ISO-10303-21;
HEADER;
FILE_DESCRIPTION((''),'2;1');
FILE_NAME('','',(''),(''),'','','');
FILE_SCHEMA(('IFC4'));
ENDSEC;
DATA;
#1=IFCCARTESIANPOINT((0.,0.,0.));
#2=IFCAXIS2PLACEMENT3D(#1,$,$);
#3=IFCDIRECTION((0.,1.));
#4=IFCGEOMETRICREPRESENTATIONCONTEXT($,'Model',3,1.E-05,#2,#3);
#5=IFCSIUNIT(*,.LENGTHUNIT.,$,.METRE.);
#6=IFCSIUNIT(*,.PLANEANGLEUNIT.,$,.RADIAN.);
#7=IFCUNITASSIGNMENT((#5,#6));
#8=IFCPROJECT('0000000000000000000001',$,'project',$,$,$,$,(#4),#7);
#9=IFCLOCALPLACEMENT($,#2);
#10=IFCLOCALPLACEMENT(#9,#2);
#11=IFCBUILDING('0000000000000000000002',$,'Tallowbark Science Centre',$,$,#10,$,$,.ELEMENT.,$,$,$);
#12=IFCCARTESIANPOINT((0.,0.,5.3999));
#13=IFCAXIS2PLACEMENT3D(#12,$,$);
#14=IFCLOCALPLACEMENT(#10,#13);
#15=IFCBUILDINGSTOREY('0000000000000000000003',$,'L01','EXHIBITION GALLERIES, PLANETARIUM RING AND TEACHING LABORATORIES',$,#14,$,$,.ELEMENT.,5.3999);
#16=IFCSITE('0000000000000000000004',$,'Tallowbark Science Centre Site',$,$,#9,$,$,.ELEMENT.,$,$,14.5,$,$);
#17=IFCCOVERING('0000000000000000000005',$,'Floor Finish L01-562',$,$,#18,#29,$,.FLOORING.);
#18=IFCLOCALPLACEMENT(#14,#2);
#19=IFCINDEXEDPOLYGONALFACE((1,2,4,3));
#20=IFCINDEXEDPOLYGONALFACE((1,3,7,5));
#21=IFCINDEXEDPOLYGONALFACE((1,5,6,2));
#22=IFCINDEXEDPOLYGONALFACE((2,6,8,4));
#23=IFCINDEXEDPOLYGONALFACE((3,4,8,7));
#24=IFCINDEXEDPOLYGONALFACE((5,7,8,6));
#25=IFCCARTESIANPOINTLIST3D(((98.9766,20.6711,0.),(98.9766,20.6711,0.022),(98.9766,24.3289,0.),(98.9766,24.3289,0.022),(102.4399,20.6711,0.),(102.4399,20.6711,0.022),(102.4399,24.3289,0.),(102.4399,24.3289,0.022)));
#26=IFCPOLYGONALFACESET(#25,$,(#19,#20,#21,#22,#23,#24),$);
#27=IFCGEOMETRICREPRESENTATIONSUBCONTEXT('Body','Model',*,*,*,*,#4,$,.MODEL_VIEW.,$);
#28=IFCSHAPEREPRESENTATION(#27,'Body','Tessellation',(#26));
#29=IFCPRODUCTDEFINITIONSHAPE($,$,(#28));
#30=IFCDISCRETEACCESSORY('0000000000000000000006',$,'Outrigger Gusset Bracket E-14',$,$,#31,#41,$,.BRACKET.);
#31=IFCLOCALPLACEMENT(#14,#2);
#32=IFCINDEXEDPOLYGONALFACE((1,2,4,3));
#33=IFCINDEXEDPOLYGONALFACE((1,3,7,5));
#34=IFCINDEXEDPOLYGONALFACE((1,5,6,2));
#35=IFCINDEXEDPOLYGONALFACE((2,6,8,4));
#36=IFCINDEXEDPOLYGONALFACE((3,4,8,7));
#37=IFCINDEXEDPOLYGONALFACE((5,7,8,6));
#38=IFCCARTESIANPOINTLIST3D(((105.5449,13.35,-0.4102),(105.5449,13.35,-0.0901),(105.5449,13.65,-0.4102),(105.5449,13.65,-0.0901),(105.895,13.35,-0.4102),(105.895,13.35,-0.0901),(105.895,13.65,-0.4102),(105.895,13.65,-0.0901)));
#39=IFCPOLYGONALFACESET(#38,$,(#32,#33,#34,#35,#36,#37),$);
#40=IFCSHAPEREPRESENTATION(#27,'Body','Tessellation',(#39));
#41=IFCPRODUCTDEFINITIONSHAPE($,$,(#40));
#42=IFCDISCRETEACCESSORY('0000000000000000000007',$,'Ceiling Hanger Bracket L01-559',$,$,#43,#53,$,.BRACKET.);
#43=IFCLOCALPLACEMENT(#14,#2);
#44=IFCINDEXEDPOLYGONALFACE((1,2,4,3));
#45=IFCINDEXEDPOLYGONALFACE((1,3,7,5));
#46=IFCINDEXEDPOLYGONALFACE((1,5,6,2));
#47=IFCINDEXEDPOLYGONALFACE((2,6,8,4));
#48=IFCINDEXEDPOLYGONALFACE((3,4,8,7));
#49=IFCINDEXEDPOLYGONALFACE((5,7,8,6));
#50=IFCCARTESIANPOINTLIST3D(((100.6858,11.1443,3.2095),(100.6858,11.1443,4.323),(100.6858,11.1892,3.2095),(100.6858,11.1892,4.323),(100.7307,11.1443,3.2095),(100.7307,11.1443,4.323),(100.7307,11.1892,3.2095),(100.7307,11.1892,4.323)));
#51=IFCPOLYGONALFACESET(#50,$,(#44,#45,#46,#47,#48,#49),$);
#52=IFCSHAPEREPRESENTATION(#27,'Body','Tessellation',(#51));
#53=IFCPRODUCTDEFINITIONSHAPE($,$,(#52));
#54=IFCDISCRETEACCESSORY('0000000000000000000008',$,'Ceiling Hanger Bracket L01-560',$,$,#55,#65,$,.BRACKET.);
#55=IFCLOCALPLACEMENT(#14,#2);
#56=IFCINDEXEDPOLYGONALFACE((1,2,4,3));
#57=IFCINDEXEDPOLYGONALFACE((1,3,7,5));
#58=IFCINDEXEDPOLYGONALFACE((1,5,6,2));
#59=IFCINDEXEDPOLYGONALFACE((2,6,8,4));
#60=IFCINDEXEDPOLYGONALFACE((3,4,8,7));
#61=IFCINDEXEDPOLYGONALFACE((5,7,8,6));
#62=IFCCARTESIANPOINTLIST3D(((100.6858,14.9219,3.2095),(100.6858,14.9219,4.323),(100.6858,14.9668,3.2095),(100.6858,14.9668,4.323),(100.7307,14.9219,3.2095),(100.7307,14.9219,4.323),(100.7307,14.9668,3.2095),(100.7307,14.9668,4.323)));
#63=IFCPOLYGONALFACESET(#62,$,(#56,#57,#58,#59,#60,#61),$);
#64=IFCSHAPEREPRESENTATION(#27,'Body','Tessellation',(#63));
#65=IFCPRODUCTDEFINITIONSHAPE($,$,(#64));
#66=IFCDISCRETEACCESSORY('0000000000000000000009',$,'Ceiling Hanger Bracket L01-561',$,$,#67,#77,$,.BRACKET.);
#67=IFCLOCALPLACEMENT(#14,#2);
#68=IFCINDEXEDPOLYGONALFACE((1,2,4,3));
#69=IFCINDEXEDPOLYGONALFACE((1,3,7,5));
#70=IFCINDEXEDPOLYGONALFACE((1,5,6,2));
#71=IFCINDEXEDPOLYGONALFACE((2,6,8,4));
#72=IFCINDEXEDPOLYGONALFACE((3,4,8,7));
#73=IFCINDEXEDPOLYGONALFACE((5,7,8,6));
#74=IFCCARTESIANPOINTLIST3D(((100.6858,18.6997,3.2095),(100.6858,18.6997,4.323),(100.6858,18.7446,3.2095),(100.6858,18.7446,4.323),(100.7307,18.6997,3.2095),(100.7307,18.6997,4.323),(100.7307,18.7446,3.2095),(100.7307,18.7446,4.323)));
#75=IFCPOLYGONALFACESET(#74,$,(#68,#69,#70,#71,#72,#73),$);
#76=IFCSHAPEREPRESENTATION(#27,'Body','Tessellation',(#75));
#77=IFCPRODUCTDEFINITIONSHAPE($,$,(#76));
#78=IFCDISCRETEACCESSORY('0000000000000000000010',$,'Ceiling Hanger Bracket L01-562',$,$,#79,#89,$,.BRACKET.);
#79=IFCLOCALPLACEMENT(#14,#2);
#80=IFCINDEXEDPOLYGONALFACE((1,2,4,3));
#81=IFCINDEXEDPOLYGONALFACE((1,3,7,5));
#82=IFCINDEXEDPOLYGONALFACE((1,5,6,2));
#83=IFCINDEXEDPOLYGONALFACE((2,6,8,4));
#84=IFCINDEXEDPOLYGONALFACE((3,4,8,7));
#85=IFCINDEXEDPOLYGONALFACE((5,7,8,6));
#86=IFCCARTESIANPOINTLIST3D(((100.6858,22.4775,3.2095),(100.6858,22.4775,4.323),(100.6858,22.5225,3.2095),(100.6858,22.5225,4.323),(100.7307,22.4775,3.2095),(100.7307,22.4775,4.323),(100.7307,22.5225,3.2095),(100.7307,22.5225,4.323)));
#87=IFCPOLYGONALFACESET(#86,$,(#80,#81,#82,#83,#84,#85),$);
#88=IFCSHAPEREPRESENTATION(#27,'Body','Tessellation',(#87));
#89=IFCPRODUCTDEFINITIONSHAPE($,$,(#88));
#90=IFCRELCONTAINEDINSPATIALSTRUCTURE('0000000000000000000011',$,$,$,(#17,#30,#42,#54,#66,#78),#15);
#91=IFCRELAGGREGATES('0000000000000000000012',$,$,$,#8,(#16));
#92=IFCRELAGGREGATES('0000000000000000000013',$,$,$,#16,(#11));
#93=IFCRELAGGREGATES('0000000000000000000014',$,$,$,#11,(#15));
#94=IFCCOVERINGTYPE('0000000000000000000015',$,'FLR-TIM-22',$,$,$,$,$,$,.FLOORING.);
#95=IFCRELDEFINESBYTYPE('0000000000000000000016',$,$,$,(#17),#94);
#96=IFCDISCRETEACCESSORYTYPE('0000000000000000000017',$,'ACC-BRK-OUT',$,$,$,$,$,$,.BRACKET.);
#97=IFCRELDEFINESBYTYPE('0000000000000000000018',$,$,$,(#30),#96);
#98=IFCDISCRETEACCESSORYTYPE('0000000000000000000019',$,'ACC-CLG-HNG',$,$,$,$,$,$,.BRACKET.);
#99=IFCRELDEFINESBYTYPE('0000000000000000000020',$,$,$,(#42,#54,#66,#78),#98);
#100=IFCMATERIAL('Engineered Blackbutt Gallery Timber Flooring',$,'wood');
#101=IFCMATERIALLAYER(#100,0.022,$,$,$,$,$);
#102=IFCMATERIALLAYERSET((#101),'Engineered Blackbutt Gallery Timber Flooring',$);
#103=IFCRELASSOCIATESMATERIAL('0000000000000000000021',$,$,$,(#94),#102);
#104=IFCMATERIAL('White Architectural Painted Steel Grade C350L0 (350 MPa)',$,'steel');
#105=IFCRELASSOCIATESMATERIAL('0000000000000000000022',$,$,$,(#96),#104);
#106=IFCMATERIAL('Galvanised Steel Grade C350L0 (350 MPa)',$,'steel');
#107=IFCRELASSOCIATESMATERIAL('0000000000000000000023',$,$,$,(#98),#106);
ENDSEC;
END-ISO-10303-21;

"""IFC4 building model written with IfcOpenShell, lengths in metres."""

from ifc_helpers import new_model, si_unit, direction, frame, origin, origin_2d, place, context, subcontext, project, spatial, rectangle, extrude, material, layer, layer_set, type_object, element, save


model = new_model("IFC4")

# Units and contexts
model_context = context("Model", 3, precision=1e-05, world=origin(), true_north=direction((0.0, 1.0)))
body_context = subcontext(model_context, "Body", "Model", "MODEL_VIEW")
ifc_project = project(units=[si_unit("LENGTHUNIT", "METRE"), si_unit("PLANEANGLEUNIT", "RADIAN")], contexts=[model_context])

# Site, building, storey
site_placement = place(None, origin())
site = spatial("IfcSite", under=ifc_project, at=site_placement, Name="Tallowbark Science Centre Site", CompositionType="ELEMENT", RefElevation=14.5)
building_placement = place(site_placement, origin())
building = spatial("IfcBuilding", under=site, at=building_placement, Name="Tallowbark Science Centre", CompositionType="ELEMENT")
storey_placement = place(building_placement, frame((0.0, 0.0, 5.3999)))
storey = spatial("IfcBuildingStorey", under=building, at=storey_placement, Name="L01", Description="EXHIBITION GALLERIES, PLANETARIUM RING AND TEACHING LABORATORIES", CompositionType="ELEMENT", Elevation=5.3999)

# Shared definitions
ifc_material_1 = material(Name="White Architectural Painted Steel Grade C350L0 (350 MPa)", Category="steel")

# Covering
ifc_material_2 = material(Name="Engineered Blackbutt Gallery Timber Flooring", Category="wood")
ifc_layer_1 = layer(ifc_material_2, 0.022)
ifc_layer_set_1 = layer_set([ifc_layer_1], Name="Engineered Blackbutt Gallery Timber Flooring")
covering_type_1 = type_object("IfcCoveringType", Name="FLR-TIM-22", PredefinedType="FLOORING", material=ifc_layer_set_1)
for number, where, z_axis, x_axis, name in (
    (1, (100.7083, 22.5, 0.0), (0.0, 0.0, 1.0), (1.0, 0.0, 0.0), "Floor Finish L01-562"),
):
    element("IfcCovering", number, at=place(storey_placement, frame(where, z_axis=z_axis, x_axis=x_axis)), inside=storey, type_object=covering_type_1, Name=name, PredefinedType="FLOORING", context=body_context, shape_type="SweptSolid", body=[
        extrude(rectangle(XDim=3.4634, YDim=3.6577, at=origin_2d()), origin(), (0.0, 0.0, 1.0), 0.022),
    ])

# Discrete accessories
discrete_accessory_type_1 = type_object("IfcDiscreteAccessoryType", Name="ACC-BRK-OUT", PredefinedType="BRACKET", material=ifc_material_1)
discrete_accessory_placement = place(storey_placement, frame((105.72, 13.5, -0.4102), z_axis=(0.0, 0.0, 1.0), x_axis=(1.0, 0.0, 0.0)))
element("IfcDiscreteAccessory", 2, at=discrete_accessory_placement, inside=storey, type_object=discrete_accessory_type_1, Name="Outrigger Gusset Bracket E-14", PredefinedType="BRACKET", context=body_context, shape_type="SweptSolid", body=[
    extrude(rectangle(XDim=0.3501, YDim=0.3, at=origin_2d()), origin(), (0.0, 0.0, 1.0), 0.3201),
])
ifc_material_3 = material(Name="Galvanised Steel Grade C350L0 (350 MPa)", Category="steel")
discrete_accessory_type_2 = type_object("IfcDiscreteAccessoryType", Name="ACC-CLG-HNG", PredefinedType="BRACKET", material=ifc_material_3)
for number, where, z_axis, x_axis, name in (
    (3, (100.7083, 11.1667, 3.2095), (0.0, 0.0, 1.0), (1.0, 0.0, 0.0), "Ceiling Hanger Bracket L01-559"),
    (4, (100.7083, 14.9443, 3.2095), (0.0, 0.0, 1.0), (1.0, 0.0, 0.0), "Ceiling Hanger Bracket L01-560"),
    (5, (100.7083, 18.7222, 3.2095), (0.0, 0.0, 1.0), (1.0, 0.0, 0.0), "Ceiling Hanger Bracket L01-561"),
    (6, (100.7083, 22.5, 3.2095), (0.0, 0.0, 1.0), (1.0, 0.0, 0.0), "Ceiling Hanger Bracket L01-562"),
):
    element("IfcDiscreteAccessory", number, at=place(storey_placement, frame(where, z_axis=z_axis, x_axis=x_axis)), inside=storey, type_object=discrete_accessory_type_2, Name=name, PredefinedType="BRACKET", context=body_context, shape_type="SweptSolid", body=[
        extrude(rectangle(XDim=0.0449, YDim=0.0449, at=origin_2d()), origin(), (0.0, 0.0, 1.0), 1.1135),
    ])

save(model, "model.ifc")
